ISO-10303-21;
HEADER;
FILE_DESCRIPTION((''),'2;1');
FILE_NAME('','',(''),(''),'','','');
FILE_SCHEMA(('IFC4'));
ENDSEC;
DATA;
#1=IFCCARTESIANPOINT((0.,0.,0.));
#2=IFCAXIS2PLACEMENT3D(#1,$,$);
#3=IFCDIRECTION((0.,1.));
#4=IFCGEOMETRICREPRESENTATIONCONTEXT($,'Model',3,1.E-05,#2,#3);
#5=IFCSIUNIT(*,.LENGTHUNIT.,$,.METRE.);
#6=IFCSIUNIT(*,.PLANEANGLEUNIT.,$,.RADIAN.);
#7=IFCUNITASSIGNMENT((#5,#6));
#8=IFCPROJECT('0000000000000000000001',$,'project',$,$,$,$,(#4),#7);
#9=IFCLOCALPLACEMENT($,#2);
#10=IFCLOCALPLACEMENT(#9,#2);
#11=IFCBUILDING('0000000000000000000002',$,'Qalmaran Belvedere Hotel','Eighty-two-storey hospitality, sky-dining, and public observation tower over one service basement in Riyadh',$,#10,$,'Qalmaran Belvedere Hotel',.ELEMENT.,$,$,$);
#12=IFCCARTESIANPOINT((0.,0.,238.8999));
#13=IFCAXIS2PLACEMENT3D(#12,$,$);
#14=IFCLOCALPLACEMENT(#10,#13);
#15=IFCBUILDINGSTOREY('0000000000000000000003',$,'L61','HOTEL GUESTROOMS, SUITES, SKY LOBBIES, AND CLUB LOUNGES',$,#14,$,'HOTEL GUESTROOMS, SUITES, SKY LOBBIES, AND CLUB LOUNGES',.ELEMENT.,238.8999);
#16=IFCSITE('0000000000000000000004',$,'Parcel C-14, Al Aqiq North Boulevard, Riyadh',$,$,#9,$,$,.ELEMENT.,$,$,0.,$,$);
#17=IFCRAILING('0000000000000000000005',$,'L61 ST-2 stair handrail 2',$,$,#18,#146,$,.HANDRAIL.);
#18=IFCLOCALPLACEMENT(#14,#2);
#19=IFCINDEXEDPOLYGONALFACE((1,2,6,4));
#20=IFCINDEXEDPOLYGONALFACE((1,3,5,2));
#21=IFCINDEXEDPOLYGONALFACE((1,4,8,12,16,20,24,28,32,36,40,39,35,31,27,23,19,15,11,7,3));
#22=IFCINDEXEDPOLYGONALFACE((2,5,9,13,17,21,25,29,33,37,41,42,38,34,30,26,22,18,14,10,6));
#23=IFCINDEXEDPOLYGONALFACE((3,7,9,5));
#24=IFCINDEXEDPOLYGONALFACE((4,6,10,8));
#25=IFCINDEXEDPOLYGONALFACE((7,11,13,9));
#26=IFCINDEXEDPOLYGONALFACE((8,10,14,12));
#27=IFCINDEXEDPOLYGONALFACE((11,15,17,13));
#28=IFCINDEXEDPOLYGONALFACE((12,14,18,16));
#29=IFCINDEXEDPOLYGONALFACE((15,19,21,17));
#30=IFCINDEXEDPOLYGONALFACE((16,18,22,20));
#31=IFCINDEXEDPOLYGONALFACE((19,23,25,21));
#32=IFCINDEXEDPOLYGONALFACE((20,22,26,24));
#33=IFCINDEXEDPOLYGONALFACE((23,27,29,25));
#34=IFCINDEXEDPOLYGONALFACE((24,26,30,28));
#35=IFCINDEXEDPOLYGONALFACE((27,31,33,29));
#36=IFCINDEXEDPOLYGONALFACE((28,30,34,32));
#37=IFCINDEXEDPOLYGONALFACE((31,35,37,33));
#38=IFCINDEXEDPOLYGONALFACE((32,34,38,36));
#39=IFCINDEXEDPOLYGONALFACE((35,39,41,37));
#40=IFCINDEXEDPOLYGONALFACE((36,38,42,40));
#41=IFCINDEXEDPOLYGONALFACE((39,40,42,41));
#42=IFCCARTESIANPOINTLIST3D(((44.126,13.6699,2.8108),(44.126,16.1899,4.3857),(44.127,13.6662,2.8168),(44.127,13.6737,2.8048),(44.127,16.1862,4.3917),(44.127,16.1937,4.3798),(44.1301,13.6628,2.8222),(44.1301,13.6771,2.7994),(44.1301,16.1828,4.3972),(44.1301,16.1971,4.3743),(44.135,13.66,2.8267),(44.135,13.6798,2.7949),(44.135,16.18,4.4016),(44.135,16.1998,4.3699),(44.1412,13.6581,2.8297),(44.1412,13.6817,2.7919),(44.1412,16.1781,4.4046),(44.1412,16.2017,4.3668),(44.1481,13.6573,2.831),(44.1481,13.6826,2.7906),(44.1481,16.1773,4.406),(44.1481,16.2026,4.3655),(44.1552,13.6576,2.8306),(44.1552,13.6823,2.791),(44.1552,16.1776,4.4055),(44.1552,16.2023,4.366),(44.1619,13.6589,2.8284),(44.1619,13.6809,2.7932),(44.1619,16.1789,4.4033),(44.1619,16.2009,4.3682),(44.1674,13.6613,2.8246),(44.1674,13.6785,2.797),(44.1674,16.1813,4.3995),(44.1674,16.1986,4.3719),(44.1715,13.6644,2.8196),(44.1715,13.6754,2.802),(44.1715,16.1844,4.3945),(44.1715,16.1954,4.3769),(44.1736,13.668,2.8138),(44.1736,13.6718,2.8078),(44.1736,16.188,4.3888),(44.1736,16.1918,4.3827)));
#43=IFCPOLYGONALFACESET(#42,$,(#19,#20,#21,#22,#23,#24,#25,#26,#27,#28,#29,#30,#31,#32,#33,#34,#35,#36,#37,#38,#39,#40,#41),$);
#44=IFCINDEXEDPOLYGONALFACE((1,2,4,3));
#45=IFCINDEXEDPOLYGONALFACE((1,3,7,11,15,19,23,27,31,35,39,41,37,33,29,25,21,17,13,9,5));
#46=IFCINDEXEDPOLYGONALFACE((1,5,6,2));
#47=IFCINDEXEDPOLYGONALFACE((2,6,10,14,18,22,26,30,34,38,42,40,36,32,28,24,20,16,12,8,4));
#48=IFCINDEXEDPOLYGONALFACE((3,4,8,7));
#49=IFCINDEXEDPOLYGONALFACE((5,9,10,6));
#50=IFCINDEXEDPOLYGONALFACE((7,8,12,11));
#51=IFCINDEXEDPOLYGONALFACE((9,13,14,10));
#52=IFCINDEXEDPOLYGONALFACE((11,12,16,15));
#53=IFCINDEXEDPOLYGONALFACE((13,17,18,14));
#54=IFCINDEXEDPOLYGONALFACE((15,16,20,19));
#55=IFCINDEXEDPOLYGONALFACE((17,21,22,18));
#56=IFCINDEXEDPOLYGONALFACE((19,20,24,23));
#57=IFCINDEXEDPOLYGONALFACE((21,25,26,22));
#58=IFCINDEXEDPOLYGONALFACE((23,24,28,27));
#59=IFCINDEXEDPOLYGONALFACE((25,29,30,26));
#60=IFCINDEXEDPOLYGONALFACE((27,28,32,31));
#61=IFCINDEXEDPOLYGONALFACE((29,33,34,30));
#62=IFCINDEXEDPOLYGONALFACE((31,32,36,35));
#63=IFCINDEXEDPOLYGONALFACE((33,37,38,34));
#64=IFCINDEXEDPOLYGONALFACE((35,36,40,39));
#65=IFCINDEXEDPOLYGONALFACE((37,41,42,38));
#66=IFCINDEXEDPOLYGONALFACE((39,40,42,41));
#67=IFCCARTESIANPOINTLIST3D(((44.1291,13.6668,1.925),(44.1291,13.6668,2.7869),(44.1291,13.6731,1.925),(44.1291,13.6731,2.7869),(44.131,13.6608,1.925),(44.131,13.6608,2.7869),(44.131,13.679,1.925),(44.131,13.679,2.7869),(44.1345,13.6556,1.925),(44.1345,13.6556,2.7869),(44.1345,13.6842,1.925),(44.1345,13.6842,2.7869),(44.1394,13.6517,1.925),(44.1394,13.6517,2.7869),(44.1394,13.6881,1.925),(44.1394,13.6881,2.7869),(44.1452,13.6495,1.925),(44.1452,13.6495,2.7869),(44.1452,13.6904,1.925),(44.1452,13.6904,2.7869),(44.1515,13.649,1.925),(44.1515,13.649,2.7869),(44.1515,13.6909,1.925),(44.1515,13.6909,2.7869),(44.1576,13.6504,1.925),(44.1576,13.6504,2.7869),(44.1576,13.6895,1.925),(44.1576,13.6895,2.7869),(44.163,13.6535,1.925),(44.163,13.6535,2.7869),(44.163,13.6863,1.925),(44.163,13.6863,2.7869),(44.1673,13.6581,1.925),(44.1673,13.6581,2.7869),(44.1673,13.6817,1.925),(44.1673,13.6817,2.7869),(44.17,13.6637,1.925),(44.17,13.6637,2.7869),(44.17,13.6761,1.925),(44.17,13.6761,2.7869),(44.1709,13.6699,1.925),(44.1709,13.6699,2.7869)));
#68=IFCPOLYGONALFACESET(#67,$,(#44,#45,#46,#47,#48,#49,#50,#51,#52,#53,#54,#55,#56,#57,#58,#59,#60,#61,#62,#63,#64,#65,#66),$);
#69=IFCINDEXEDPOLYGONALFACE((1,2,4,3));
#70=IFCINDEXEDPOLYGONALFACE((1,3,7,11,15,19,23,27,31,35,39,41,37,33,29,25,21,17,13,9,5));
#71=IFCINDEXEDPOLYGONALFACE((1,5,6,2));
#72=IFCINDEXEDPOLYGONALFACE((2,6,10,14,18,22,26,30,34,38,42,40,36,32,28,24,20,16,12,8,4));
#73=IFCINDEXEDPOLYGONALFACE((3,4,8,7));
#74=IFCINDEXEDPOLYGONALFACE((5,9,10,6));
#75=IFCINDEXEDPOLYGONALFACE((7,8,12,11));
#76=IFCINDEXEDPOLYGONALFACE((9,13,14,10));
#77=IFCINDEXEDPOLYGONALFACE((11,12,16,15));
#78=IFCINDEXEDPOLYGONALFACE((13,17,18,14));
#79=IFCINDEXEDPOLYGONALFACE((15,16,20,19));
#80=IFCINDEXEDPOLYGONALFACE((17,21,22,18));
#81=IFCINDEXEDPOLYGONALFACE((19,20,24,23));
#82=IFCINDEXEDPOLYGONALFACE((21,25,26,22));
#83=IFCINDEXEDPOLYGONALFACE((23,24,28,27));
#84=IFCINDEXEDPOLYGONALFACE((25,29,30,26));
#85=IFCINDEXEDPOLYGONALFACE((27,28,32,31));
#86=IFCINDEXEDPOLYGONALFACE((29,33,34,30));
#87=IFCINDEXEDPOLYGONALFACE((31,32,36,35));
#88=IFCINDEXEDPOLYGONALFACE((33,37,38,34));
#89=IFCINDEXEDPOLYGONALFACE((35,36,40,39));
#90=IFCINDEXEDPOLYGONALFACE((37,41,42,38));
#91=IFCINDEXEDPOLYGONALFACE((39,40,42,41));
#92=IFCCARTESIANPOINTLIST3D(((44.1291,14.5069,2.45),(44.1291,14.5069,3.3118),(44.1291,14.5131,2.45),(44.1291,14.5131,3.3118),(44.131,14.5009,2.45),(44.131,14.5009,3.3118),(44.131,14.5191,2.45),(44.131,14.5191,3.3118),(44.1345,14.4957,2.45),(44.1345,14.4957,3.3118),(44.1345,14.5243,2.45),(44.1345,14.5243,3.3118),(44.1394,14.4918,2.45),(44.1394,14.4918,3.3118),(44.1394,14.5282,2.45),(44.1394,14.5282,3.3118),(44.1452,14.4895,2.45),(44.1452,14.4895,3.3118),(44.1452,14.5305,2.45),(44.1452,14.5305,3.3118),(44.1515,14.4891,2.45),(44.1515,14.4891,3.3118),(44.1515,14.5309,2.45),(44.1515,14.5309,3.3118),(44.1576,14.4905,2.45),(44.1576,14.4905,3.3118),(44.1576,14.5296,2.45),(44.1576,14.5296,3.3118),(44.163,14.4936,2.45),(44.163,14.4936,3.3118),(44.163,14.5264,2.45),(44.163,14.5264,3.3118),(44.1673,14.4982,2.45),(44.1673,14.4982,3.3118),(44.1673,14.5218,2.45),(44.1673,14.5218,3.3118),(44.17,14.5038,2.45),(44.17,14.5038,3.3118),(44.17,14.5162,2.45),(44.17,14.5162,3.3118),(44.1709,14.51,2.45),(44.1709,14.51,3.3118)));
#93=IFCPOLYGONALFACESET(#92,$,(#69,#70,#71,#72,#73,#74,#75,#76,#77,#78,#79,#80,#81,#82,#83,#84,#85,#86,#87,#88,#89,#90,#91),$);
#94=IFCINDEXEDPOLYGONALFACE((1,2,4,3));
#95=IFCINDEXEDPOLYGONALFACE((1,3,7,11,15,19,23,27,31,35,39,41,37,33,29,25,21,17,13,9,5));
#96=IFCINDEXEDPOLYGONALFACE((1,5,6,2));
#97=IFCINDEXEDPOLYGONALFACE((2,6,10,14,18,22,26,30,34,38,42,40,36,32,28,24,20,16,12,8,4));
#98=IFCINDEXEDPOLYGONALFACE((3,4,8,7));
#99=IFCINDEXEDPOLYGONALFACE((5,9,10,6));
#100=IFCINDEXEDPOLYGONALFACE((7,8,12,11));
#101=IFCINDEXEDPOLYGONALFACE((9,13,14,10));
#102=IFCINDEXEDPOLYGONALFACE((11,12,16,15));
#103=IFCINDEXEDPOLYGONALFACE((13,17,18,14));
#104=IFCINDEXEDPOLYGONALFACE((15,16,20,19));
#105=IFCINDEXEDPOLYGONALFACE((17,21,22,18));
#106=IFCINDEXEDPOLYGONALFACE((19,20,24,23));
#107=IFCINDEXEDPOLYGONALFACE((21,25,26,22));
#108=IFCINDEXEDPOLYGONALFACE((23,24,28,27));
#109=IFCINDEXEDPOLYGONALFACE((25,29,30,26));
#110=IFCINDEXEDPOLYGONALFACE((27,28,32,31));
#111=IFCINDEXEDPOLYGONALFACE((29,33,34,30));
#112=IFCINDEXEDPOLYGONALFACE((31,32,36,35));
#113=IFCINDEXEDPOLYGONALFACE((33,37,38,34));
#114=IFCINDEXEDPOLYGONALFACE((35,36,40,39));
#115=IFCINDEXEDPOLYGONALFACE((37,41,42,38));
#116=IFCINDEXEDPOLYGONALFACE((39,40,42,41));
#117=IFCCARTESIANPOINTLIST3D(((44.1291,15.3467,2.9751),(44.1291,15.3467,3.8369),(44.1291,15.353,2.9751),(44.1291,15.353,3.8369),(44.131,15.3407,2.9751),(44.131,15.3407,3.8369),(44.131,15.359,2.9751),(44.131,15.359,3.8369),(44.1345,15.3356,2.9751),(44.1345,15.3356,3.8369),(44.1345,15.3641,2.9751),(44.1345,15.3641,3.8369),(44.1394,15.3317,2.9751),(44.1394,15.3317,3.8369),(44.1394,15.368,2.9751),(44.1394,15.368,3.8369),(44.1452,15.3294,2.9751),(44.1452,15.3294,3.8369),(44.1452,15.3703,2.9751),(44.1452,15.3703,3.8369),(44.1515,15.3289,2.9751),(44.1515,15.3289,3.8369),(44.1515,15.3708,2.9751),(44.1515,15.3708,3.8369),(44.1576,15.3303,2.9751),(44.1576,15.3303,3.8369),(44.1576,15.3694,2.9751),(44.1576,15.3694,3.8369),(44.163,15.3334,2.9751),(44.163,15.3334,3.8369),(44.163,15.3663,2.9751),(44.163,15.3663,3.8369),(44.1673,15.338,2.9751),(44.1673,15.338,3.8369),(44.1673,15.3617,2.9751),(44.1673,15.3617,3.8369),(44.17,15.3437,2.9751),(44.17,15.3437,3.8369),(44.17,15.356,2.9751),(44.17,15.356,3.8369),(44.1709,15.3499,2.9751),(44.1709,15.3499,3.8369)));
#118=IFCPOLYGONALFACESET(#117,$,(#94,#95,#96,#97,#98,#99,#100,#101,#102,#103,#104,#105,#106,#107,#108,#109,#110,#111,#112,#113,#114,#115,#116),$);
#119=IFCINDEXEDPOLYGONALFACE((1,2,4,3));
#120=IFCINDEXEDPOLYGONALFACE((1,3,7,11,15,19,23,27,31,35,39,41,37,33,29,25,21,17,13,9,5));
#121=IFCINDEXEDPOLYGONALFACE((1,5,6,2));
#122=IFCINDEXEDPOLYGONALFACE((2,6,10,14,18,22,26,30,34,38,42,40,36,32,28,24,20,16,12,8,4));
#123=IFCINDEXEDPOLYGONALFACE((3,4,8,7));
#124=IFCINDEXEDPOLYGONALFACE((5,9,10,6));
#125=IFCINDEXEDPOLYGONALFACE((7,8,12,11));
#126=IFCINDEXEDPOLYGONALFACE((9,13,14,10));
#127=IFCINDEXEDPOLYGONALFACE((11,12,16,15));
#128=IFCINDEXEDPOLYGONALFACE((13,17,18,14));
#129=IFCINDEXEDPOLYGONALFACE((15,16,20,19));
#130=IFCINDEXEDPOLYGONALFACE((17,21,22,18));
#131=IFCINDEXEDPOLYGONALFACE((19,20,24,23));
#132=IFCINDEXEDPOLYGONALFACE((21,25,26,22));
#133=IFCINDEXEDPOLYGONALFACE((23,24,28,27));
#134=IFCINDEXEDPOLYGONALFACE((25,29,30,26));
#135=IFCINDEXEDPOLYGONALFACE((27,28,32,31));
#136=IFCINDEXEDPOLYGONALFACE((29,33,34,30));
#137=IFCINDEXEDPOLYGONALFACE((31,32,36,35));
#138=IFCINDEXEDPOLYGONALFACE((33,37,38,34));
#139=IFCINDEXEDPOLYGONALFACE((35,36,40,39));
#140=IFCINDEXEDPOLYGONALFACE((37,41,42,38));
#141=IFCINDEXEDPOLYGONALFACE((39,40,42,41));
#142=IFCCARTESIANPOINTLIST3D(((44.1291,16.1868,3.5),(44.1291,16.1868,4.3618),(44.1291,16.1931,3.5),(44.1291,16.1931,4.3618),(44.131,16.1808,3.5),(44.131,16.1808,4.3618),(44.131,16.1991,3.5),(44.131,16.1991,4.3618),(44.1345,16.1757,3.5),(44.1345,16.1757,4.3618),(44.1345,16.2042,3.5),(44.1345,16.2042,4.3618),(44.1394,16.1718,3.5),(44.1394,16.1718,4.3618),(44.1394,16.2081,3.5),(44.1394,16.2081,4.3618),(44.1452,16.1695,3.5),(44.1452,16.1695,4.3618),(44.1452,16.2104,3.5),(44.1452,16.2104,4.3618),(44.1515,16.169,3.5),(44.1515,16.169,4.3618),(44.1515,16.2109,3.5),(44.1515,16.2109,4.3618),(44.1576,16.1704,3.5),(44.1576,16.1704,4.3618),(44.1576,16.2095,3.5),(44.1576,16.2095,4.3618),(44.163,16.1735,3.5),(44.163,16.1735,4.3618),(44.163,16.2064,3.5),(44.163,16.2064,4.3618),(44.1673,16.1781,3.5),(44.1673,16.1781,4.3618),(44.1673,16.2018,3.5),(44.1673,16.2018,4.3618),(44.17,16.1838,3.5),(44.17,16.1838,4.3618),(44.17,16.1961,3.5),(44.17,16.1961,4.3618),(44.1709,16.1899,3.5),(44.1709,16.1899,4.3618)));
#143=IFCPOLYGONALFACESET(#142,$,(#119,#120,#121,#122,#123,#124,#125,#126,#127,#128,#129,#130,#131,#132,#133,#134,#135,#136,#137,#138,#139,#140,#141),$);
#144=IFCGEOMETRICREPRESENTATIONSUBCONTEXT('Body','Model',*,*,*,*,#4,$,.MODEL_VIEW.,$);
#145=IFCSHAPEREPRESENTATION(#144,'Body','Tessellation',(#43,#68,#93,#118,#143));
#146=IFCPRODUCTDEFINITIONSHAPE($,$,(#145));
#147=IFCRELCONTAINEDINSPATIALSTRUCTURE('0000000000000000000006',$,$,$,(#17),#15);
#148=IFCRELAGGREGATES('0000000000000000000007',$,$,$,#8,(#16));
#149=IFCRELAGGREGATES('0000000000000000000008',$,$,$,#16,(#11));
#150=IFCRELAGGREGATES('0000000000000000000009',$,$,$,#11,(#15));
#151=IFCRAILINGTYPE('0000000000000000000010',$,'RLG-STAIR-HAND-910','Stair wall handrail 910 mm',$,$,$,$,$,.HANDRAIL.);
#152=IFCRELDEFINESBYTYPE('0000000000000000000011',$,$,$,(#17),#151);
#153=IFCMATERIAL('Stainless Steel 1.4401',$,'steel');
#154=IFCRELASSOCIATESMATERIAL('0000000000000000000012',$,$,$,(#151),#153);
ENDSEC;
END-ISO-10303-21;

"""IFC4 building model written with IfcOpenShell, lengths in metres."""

from ifc_helpers import new_model, si_unit, direction, frame, origin, origin_2d, place, context, subcontext, project, spatial, circle, extrude, material, type_object, element, save


model = new_model("IFC4")

# Units and contexts
model_context = context("Model", 3, precision=1e-05, world=origin(), true_north=direction((0.0, 1.0)))
body_context = subcontext(model_context, "Body", "Model", "MODEL_VIEW")
ifc_project = project(units=[si_unit("LENGTHUNIT", "METRE"), si_unit("PLANEANGLEUNIT", "RADIAN")], contexts=[model_context])

# Site, building, storey
site_placement = place(None, origin())
site = spatial("IfcSite", under=ifc_project, at=site_placement, Name="Parcel C-14, Al Aqiq North Boulevard, Riyadh", CompositionType="ELEMENT", RefElevation=0.0)
building_placement = place(site_placement, origin())
building = spatial("IfcBuilding", under=site, at=building_placement, Name="Qalmaran Belvedere Hotel", Description="Eighty-two-storey hospitality, sky-dining, and public observation tower over one service basement in Riyadh", LongName="Qalmaran Belvedere Hotel", CompositionType="ELEMENT")
storey_placement = place(building_placement, frame((0.0, 0.0, 238.8999)))
storey = spatial("IfcBuildingStorey", under=building, at=storey_placement, Name="L61", Description="HOTEL GUESTROOMS, SUITES, SKY LOBBIES, AND CLUB LOUNGES", LongName="HOTEL GUESTROOMS, SUITES, SKY LOBBIES, AND CLUB LOUNGES", CompositionType="ELEMENT", Elevation=238.8999)

# Railing
ifc_material_1 = material(Name="Stainless Steel 1.4401", Category="steel")
railing_type_1 = type_object("IfcRailingType", Name="RLG-STAIR-HAND-910", Description="Stair wall handrail 910 mm", PredefinedType="HANDRAIL", material=ifc_material_1)
railing_1_placement = place(storey_placement, frame((44.1499, 13.6699, 1.925)))
element("IfcRailing", 1, at=railing_1_placement, inside=storey, type_object=railing_type_1, Name="L61 ST-2 stair handrail 2", PredefinedType="HANDRAIL", context=body_context, shape_type="SweptSolid", body=[
    extrude(circle(Radius=0.0239, at=origin_2d()), frame((0.0, 0.0, 0.8857), z_axis=(0.0, 0.848008, 0.529984), x_axis=(-1.0, 0.0, 0.0)), (0.0, 0.0, 1.0), 2.9717),
    extrude(circle(Radius=0.021, at=origin_2d()), origin(), (0.0, 0.0, 1.0), 0.8618),
    extrude(circle(Radius=0.021, at=origin_2d()), frame((0.0, 0.8401, 0.5249)), (0.0, 0.0, 1.0), 0.8618),
    extrude(circle(Radius=0.021, at=origin_2d()), frame((0.0, 1.6799, 1.05)), (0.0, 0.0, 1.0), 0.8618),
    extrude(circle(Radius=0.021, at=origin_2d()), frame((0.0, 2.52, 1.575)), (0.0, 0.0, 1.0), 0.8618),
])

save(model, "model.ifc")
